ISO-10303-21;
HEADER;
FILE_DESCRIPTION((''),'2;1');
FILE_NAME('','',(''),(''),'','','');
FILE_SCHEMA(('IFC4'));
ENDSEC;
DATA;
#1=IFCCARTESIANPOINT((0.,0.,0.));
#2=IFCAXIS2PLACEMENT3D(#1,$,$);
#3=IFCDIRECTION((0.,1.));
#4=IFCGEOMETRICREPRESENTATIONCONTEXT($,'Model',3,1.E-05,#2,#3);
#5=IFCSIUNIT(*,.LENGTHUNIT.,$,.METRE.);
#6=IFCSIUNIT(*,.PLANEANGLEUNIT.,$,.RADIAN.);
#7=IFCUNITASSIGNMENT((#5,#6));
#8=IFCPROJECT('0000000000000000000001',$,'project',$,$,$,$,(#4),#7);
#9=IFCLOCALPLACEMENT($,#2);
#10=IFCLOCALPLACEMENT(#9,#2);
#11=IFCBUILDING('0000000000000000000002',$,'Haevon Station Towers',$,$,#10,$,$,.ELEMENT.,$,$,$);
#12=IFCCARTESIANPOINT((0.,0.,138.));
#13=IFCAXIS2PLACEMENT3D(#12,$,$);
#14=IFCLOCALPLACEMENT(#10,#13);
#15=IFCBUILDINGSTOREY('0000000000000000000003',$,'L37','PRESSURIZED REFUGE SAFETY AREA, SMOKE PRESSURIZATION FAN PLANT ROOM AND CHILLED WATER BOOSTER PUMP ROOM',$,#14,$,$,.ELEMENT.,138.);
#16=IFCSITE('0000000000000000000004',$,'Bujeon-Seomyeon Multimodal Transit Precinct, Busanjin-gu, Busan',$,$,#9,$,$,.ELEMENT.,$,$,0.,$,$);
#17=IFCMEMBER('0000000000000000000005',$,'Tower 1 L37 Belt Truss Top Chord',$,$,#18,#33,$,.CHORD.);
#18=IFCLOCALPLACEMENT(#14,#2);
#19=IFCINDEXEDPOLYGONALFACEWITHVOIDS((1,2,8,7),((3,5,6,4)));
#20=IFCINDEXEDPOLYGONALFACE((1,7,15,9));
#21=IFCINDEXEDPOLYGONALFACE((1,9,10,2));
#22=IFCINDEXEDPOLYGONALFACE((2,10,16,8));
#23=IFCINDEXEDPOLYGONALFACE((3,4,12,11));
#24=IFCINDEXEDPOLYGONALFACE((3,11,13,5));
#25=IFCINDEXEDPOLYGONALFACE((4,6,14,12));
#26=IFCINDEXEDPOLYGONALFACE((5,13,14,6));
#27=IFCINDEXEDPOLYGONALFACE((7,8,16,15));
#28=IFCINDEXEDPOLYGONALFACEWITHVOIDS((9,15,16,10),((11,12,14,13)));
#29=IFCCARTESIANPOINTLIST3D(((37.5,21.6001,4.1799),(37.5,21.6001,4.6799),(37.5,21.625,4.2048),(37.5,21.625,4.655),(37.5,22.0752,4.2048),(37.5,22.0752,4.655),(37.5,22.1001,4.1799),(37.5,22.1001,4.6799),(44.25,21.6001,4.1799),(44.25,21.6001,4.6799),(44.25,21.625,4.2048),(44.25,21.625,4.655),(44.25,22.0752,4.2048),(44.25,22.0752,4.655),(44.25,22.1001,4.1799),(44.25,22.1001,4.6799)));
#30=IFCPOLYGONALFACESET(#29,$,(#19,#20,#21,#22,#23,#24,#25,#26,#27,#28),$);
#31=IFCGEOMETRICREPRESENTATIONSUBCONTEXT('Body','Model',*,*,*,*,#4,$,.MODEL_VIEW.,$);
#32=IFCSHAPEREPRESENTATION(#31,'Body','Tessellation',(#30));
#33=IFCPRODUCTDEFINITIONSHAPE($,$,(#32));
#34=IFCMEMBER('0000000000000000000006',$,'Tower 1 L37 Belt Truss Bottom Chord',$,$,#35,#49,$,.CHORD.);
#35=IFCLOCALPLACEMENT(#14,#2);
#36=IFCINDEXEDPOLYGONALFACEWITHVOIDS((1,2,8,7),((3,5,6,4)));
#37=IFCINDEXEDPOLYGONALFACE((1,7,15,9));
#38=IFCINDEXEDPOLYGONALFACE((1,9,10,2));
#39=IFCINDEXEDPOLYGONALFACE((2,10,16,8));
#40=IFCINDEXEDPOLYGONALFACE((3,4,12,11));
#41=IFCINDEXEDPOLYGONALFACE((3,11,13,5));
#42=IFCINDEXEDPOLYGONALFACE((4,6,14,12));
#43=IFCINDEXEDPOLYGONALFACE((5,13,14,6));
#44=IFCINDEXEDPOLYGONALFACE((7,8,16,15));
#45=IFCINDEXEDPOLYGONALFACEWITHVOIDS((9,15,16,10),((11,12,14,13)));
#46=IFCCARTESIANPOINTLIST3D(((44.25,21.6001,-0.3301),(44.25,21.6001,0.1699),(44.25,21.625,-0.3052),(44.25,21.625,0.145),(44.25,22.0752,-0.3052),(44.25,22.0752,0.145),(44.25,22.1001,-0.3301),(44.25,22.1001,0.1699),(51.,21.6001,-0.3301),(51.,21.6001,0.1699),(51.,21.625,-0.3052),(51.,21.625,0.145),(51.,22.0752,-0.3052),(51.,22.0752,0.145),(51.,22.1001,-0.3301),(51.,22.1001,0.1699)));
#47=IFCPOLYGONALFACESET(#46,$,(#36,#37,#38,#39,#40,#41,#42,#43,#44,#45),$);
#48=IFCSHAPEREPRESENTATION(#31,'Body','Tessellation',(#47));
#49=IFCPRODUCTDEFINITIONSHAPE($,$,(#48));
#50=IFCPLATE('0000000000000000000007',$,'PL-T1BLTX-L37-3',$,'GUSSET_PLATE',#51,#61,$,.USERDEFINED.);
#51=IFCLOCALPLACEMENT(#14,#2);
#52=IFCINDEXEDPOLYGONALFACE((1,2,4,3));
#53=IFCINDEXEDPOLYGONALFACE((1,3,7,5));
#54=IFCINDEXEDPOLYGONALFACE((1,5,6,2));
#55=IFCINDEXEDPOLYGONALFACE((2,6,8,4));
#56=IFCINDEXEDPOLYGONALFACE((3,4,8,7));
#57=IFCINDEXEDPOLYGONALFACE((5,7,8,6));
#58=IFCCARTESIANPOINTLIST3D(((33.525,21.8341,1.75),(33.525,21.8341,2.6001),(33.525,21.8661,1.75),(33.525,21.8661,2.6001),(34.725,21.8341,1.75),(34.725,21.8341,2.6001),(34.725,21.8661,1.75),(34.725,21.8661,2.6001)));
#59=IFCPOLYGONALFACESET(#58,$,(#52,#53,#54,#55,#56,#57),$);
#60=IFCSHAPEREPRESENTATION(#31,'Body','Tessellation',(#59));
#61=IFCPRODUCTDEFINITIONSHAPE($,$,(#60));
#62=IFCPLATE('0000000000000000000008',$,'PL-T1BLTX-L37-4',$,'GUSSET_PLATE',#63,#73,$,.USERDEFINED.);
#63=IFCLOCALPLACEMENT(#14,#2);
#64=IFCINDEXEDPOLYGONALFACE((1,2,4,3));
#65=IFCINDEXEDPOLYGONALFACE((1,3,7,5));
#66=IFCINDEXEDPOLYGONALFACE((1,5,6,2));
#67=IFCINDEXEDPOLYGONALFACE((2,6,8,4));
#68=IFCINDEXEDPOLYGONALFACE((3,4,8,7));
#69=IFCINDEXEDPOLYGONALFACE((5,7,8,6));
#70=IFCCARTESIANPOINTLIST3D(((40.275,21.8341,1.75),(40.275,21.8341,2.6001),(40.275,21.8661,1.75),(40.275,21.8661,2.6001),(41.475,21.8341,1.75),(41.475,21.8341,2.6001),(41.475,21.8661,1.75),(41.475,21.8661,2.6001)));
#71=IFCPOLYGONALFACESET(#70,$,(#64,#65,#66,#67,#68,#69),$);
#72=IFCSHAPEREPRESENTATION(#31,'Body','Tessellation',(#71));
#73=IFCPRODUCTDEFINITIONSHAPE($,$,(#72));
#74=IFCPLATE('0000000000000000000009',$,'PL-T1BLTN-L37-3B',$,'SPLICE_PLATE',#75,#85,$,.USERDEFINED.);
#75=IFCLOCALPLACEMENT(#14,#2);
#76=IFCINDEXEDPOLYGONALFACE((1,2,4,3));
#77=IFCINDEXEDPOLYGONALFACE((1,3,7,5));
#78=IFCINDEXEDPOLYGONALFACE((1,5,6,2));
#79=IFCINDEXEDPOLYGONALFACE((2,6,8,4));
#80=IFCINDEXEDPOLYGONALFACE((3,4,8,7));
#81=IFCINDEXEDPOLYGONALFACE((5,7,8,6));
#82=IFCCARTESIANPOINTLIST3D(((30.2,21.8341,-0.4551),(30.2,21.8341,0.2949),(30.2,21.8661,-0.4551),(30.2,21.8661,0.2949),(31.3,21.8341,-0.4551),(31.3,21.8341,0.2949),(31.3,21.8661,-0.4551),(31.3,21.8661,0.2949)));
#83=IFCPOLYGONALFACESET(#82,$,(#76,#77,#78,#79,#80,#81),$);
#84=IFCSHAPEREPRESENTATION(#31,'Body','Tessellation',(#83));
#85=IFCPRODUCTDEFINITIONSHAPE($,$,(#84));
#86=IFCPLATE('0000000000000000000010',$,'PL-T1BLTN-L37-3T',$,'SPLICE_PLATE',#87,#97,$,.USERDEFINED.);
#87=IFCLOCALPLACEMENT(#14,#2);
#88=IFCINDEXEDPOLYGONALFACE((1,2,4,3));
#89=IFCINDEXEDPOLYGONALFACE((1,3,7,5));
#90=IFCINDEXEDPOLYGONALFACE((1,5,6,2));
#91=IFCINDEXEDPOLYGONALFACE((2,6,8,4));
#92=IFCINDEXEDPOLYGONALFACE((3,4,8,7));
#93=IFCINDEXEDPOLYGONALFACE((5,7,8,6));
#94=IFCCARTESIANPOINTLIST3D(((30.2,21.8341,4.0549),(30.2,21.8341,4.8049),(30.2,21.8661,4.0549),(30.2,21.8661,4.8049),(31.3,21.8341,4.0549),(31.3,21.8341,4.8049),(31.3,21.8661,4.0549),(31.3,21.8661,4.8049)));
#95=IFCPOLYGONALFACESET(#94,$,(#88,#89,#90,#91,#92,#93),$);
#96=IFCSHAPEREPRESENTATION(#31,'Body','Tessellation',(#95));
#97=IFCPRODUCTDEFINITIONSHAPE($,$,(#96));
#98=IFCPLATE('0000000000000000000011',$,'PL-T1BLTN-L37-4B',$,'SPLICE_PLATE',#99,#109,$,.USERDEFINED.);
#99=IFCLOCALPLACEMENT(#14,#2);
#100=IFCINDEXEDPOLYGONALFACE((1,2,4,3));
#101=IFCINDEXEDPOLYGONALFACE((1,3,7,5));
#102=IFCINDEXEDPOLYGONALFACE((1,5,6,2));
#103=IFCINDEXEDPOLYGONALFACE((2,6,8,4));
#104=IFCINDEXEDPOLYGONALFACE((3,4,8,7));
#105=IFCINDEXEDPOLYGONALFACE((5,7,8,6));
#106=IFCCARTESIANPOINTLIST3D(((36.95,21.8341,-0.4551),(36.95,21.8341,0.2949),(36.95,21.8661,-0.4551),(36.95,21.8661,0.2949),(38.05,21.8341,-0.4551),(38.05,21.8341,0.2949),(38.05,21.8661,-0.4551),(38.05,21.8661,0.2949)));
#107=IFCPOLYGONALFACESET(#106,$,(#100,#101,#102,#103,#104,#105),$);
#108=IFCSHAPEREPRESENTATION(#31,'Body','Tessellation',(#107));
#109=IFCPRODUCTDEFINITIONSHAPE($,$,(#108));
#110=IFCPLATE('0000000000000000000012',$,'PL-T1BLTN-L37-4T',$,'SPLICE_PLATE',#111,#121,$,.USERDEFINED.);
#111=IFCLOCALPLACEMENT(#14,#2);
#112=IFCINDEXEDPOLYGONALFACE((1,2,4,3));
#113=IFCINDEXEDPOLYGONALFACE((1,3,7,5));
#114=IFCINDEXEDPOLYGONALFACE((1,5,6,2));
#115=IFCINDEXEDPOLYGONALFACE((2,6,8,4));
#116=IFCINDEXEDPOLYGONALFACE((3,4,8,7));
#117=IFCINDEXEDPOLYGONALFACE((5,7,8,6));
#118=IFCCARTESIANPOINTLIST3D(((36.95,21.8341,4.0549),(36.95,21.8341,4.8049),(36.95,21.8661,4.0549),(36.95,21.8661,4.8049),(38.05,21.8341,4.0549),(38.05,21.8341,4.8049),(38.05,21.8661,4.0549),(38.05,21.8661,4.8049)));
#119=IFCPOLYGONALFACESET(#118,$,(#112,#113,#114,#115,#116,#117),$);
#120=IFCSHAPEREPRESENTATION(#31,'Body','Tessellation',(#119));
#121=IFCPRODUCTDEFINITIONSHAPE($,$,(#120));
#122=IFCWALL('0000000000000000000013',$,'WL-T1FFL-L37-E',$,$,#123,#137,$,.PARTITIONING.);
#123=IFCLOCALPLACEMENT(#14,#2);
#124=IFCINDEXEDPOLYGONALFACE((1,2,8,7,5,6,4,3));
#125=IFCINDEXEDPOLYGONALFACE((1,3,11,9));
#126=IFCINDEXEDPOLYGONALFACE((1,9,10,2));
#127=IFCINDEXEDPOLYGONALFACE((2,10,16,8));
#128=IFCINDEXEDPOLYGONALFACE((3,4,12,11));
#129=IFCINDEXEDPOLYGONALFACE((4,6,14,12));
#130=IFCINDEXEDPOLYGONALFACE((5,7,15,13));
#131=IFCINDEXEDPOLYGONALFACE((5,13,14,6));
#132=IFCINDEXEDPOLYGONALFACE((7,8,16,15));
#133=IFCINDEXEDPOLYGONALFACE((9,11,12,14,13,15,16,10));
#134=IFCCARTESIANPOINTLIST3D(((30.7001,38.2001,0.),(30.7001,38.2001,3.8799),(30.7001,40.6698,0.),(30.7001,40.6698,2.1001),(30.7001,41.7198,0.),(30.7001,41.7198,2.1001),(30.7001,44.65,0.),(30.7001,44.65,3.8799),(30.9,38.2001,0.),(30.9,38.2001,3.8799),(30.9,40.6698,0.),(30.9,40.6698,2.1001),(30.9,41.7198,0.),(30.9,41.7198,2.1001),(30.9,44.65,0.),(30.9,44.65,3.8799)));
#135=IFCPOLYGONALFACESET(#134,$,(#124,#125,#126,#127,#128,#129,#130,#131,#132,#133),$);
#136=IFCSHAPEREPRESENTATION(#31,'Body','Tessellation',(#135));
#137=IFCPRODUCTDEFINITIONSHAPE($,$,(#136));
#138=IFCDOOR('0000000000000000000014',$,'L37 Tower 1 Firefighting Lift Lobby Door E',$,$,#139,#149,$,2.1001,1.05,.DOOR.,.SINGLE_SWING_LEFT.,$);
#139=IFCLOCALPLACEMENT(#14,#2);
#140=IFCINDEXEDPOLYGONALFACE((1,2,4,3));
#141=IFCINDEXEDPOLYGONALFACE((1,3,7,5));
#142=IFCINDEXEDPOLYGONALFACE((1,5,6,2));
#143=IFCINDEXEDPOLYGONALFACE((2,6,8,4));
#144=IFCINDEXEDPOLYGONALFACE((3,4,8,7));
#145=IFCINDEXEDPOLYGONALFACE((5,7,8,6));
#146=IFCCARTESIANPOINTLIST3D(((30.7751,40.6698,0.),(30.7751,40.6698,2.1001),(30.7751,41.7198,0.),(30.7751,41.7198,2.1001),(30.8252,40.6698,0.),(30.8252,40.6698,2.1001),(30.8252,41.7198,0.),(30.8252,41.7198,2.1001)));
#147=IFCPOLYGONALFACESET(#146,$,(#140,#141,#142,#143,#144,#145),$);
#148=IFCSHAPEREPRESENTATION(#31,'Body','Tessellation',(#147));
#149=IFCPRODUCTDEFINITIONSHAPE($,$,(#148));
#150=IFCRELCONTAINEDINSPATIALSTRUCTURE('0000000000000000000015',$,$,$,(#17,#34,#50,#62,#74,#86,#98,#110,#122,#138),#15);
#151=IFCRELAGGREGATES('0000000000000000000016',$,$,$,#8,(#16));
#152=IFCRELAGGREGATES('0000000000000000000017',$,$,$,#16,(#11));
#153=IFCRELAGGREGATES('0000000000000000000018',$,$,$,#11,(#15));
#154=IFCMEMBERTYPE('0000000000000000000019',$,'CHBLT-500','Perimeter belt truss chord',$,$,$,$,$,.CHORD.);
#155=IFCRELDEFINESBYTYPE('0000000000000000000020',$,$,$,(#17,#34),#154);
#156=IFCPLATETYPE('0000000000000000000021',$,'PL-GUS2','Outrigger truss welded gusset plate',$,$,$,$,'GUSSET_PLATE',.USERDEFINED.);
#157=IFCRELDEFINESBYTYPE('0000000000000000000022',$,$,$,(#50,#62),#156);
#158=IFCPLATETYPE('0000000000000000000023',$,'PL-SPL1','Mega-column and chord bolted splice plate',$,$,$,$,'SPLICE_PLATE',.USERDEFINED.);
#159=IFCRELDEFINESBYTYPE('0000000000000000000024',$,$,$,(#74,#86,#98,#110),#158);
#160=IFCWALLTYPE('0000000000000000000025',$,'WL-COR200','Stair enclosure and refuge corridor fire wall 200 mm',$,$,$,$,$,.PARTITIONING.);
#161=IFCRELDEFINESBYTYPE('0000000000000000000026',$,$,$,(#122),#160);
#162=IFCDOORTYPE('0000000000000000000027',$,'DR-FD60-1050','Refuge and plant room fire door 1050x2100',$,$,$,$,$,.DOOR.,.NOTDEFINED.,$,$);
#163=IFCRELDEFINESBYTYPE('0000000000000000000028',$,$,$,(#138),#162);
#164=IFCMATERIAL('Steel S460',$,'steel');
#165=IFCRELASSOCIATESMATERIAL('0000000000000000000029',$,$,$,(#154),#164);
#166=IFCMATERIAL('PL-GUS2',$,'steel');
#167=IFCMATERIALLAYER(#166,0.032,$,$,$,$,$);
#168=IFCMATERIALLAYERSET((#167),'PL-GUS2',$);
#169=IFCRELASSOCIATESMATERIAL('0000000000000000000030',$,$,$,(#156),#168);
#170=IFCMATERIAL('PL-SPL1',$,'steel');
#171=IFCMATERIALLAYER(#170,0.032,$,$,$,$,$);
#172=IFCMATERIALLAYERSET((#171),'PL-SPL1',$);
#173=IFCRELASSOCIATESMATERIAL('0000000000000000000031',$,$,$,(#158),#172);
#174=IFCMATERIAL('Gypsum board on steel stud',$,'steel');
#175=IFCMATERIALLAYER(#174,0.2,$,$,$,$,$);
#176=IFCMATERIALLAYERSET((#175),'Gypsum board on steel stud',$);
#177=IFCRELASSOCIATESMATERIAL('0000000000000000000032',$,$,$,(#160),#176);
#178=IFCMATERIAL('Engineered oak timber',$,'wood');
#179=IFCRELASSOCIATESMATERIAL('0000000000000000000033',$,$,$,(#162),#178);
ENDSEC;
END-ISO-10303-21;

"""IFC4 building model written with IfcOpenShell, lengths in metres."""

from ifc_helpers import new_model, si_unit, direction, frame, frame_2d, origin, origin_2d, place, context, subcontext, project, spatial, rectangle, hollow_rectangle, extrude, material, layer, layer_set, material_profile, profile_set, type_object, element, fill, save


model = new_model("IFC4")

# Units and contexts
model_context = context("Model", 3, precision=1e-05, world=origin(), true_north=direction((0.0, 1.0)))
body_context = subcontext(model_context, "Body", "Model", "MODEL_VIEW")
ifc_project = project(units=[si_unit("LENGTHUNIT", "METRE"), si_unit("PLANEANGLEUNIT", "RADIAN")], contexts=[model_context])

# Site, building, storey
site_placement = place(None, origin())
site = spatial("IfcSite", under=ifc_project, at=site_placement, Name="Bujeon-Seomyeon Multimodal Transit Precinct, Busanjin-gu, Busan", CompositionType="ELEMENT", RefElevation=0.0)
building_placement = place(site_placement, origin())
building = spatial("IfcBuilding", under=site, at=building_placement, Name="Haevon Station Towers", CompositionType="ELEMENT")
storey_placement = place(building_placement, frame((0.0, 0.0, 138.0)))
storey = spatial("IfcBuildingStorey", under=building, at=storey_placement, Name="L37", Description="PRESSURIZED REFUGE SAFETY AREA, SMOKE PRESSURIZATION FAN PLANT ROOM AND CHILLED WATER BOOSTER PUMP ROOM", CompositionType="ELEMENT", Elevation=138.0)

# Shared definitions
ifc_material_1 = material(Name="Steel S460", Category="steel")

# Members
ifc_material_profile_1 = material_profile(ifc_material_1, hollow_rectangle(XDim=0.5, YDim=0.5, WallThickness=0.0249, at=origin_2d()), Name="RHS-500x500x25")
ifc_profile_set_1 = profile_set([ifc_material_profile_1], Name="Steel S460")
member_type_1 = type_object("IfcMemberType", Name="CHBLT-500", Description="Perimeter belt truss chord", PredefinedType="CHORD", material=ifc_profile_set_1)
for number, where, z_axis, x_axis, name in (
    (1, (37.5, 21.8501, 4.4299), (1.0, 0.0, 0.0), (0.0, 1.0, 0.0), "Tower 1 L37 Belt Truss Top Chord"),
    (2, (44.25, 21.8501, -0.0801), (1.0, 0.0, 0.0), (0.0, 1.0, 0.0), "Tower 1 L37 Belt Truss Bottom Chord"),
):
    element("IfcMember", number, at=place(storey_placement, frame(where, z_axis=z_axis, x_axis=x_axis)), inside=storey, type_object=member_type_1, Name=name, PredefinedType="CHORD", context=body_context, shape_type="SweptSolid", body=[
        extrude(hollow_rectangle(XDim=0.5, YDim=0.5, WallThickness=0.0249, at=origin_2d()), origin(), (0.0, 0.0, 1.0), 6.75),
    ])

# Plates
ifc_material_2 = material(Name="PL-GUS2", Category="steel")
ifc_layer_1 = layer(ifc_material_2, 0.032)
ifc_layer_set_1 = layer_set([ifc_layer_1], Name="PL-GUS2")
plate_type_1 = type_object("IfcPlateType", Name="PL-GUS2", Description="Outrigger truss welded gusset plate", ElementType="GUSSET_PLATE", PredefinedType="USERDEFINED", material=ifc_layer_set_1)
for number, where, z_axis, x_axis, name in (
    (3, (34.125, 21.8501, 1.75), (0.0, 0.0, 1.0), (1.0, 0.0, 0.0), "PL-T1BLTX-L37-3"),
    (4, (40.875, 21.8501, 1.75), (0.0, 0.0, 1.0), (1.0, 0.0, 0.0), "PL-T1BLTX-L37-4"),
):
    element("IfcPlate", number, at=place(storey_placement, frame(where, z_axis=z_axis, x_axis=x_axis)), inside=storey, type_object=plate_type_1, Name=name, ObjectType="GUSSET_PLATE", PredefinedType="USERDEFINED", context=body_context, shape_type="SweptSolid", body=[
        extrude(rectangle(XDim=1.2, YDim=0.032, at=origin_2d()), origin(), (0.0, 0.0, 1.0), 0.8501),
    ])
ifc_material_3 = material(Name="PL-SPL1", Category="steel")
ifc_layer_2 = layer(ifc_material_3, 0.032)
ifc_layer_set_2 = layer_set([ifc_layer_2], Name="PL-SPL1")
plate_type_2 = type_object("IfcPlateType", Name="PL-SPL1", Description="Mega-column and chord bolted splice plate", ElementType="SPLICE_PLATE", PredefinedType="USERDEFINED", material=ifc_layer_set_2)
for number, where, z_axis, x_axis, name in (
    (5, (30.75, 21.8501, -0.4551), (0.0, 0.0, 1.0), (1.0, 0.0, 0.0), "PL-T1BLTN-L37-3B"),
    (6, (30.75, 21.8501, 4.0549), (0.0, 0.0, 1.0), (1.0, 0.0, 0.0), "PL-T1BLTN-L37-3T"),
    (7, (37.5, 21.8501, -0.4551), (0.0, 0.0, 1.0), (1.0, 0.0, 0.0), "PL-T1BLTN-L37-4B"),
    (8, (37.5, 21.8501, 4.0549), (0.0, 0.0, 1.0), (1.0, 0.0, 0.0), "PL-T1BLTN-L37-4T"),
):
    element("IfcPlate", number, at=place(storey_placement, frame(where, z_axis=z_axis, x_axis=x_axis)), inside=storey, type_object=plate_type_2, Name=name, ObjectType="SPLICE_PLATE", PredefinedType="USERDEFINED", context=body_context, shape_type="SweptSolid", body=[
        extrude(rectangle(XDim=1.1001, YDim=0.032, at=origin_2d()), origin(), (0.0, 0.0, 1.0), 0.75),
    ])

# Wall, opening, door
ifc_material_4 = material(Name="Gypsum board on steel stud", Category="steel")
ifc_layer_3 = layer(ifc_material_4, 0.2)
ifc_layer_set_3 = layer_set([ifc_layer_3], Name="Gypsum board on steel stud")
wall_type = type_object("IfcWallType", Name="WL-COR200", Description="Stair enclosure and refuge corridor fire wall 200 mm", PredefinedType="PARTITIONING", material=ifc_layer_set_3)
wall_1_placement = place(storey_placement, frame((30.8, 38.2, 0.0), z_axis=(0.0, 0.0, 1.0), x_axis=(0.0, 1.0, 0.0)))
wall_1 = element("IfcWall", 9, at=wall_1_placement, inside=storey, type_object=wall_type, Name="WL-T1FFL-L37-E", PredefinedType="PARTITIONING", context=body_context, shape_type="SweptSolid", body=[
    extrude(rectangle(XDim=6.45, YDim=0.2, at=frame_2d((3.2251, 0.0))), origin(), (0.0, 0.0, 1.0), 3.8799),
])
opening_1_placement = place(wall_1_placement, frame((2.47, 0.0, 0.0)))
opening_1 = element("IfcOpeningElement", 10, at=opening_1_placement, cuts=wall_1, PredefinedType="OPENING", context=body_context, shape_type="SweptSolid", body=[
    extrude(rectangle(XDim=1.05, YDim=2.1001, at=frame_2d((0.5249, 1.05))), frame((0.0, 0.1099, 0.0), z_axis=(0.0, -1.0, 0.0), x_axis=(1.0, 0.0, 0.0)), (0.0, 0.0, 1.0), 0.22),
])
ifc_material_5 = material(Name="Engineered oak timber", Category="wood")
door_type_1 = type_object("IfcDoorType", Name="DR-FD60-1050", Description="Refuge and plant room fire door 1050x2100", OperationType="NOTDEFINED", PredefinedType="DOOR", material=ifc_material_5)
door_1_placement = place(opening_1_placement, origin())
door_1 = element("IfcDoor", 11, at=door_1_placement, inside=storey, type_object=door_type_1, Name="L37 Tower 1 Firefighting Lift Lobby Door E", OperationType="SINGLE_SWING_LEFT", OverallHeight=2.1001, OverallWidth=1.05, PredefinedType="DOOR", context=body_context, shape_type="SweptSolid", body=[
    extrude(rectangle(XDim=1.05, YDim=2.1001, at=frame_2d((0.5249, 1.05))), frame((0.0, 0.0249, 0.0), z_axis=(0.0, -1.0, 0.0), x_axis=(1.0, 0.0, 0.0)), (0.0, 0.0, 1.0), 0.05),
])
fill(opening_1, door_1)

save(model, "model.ifc")
